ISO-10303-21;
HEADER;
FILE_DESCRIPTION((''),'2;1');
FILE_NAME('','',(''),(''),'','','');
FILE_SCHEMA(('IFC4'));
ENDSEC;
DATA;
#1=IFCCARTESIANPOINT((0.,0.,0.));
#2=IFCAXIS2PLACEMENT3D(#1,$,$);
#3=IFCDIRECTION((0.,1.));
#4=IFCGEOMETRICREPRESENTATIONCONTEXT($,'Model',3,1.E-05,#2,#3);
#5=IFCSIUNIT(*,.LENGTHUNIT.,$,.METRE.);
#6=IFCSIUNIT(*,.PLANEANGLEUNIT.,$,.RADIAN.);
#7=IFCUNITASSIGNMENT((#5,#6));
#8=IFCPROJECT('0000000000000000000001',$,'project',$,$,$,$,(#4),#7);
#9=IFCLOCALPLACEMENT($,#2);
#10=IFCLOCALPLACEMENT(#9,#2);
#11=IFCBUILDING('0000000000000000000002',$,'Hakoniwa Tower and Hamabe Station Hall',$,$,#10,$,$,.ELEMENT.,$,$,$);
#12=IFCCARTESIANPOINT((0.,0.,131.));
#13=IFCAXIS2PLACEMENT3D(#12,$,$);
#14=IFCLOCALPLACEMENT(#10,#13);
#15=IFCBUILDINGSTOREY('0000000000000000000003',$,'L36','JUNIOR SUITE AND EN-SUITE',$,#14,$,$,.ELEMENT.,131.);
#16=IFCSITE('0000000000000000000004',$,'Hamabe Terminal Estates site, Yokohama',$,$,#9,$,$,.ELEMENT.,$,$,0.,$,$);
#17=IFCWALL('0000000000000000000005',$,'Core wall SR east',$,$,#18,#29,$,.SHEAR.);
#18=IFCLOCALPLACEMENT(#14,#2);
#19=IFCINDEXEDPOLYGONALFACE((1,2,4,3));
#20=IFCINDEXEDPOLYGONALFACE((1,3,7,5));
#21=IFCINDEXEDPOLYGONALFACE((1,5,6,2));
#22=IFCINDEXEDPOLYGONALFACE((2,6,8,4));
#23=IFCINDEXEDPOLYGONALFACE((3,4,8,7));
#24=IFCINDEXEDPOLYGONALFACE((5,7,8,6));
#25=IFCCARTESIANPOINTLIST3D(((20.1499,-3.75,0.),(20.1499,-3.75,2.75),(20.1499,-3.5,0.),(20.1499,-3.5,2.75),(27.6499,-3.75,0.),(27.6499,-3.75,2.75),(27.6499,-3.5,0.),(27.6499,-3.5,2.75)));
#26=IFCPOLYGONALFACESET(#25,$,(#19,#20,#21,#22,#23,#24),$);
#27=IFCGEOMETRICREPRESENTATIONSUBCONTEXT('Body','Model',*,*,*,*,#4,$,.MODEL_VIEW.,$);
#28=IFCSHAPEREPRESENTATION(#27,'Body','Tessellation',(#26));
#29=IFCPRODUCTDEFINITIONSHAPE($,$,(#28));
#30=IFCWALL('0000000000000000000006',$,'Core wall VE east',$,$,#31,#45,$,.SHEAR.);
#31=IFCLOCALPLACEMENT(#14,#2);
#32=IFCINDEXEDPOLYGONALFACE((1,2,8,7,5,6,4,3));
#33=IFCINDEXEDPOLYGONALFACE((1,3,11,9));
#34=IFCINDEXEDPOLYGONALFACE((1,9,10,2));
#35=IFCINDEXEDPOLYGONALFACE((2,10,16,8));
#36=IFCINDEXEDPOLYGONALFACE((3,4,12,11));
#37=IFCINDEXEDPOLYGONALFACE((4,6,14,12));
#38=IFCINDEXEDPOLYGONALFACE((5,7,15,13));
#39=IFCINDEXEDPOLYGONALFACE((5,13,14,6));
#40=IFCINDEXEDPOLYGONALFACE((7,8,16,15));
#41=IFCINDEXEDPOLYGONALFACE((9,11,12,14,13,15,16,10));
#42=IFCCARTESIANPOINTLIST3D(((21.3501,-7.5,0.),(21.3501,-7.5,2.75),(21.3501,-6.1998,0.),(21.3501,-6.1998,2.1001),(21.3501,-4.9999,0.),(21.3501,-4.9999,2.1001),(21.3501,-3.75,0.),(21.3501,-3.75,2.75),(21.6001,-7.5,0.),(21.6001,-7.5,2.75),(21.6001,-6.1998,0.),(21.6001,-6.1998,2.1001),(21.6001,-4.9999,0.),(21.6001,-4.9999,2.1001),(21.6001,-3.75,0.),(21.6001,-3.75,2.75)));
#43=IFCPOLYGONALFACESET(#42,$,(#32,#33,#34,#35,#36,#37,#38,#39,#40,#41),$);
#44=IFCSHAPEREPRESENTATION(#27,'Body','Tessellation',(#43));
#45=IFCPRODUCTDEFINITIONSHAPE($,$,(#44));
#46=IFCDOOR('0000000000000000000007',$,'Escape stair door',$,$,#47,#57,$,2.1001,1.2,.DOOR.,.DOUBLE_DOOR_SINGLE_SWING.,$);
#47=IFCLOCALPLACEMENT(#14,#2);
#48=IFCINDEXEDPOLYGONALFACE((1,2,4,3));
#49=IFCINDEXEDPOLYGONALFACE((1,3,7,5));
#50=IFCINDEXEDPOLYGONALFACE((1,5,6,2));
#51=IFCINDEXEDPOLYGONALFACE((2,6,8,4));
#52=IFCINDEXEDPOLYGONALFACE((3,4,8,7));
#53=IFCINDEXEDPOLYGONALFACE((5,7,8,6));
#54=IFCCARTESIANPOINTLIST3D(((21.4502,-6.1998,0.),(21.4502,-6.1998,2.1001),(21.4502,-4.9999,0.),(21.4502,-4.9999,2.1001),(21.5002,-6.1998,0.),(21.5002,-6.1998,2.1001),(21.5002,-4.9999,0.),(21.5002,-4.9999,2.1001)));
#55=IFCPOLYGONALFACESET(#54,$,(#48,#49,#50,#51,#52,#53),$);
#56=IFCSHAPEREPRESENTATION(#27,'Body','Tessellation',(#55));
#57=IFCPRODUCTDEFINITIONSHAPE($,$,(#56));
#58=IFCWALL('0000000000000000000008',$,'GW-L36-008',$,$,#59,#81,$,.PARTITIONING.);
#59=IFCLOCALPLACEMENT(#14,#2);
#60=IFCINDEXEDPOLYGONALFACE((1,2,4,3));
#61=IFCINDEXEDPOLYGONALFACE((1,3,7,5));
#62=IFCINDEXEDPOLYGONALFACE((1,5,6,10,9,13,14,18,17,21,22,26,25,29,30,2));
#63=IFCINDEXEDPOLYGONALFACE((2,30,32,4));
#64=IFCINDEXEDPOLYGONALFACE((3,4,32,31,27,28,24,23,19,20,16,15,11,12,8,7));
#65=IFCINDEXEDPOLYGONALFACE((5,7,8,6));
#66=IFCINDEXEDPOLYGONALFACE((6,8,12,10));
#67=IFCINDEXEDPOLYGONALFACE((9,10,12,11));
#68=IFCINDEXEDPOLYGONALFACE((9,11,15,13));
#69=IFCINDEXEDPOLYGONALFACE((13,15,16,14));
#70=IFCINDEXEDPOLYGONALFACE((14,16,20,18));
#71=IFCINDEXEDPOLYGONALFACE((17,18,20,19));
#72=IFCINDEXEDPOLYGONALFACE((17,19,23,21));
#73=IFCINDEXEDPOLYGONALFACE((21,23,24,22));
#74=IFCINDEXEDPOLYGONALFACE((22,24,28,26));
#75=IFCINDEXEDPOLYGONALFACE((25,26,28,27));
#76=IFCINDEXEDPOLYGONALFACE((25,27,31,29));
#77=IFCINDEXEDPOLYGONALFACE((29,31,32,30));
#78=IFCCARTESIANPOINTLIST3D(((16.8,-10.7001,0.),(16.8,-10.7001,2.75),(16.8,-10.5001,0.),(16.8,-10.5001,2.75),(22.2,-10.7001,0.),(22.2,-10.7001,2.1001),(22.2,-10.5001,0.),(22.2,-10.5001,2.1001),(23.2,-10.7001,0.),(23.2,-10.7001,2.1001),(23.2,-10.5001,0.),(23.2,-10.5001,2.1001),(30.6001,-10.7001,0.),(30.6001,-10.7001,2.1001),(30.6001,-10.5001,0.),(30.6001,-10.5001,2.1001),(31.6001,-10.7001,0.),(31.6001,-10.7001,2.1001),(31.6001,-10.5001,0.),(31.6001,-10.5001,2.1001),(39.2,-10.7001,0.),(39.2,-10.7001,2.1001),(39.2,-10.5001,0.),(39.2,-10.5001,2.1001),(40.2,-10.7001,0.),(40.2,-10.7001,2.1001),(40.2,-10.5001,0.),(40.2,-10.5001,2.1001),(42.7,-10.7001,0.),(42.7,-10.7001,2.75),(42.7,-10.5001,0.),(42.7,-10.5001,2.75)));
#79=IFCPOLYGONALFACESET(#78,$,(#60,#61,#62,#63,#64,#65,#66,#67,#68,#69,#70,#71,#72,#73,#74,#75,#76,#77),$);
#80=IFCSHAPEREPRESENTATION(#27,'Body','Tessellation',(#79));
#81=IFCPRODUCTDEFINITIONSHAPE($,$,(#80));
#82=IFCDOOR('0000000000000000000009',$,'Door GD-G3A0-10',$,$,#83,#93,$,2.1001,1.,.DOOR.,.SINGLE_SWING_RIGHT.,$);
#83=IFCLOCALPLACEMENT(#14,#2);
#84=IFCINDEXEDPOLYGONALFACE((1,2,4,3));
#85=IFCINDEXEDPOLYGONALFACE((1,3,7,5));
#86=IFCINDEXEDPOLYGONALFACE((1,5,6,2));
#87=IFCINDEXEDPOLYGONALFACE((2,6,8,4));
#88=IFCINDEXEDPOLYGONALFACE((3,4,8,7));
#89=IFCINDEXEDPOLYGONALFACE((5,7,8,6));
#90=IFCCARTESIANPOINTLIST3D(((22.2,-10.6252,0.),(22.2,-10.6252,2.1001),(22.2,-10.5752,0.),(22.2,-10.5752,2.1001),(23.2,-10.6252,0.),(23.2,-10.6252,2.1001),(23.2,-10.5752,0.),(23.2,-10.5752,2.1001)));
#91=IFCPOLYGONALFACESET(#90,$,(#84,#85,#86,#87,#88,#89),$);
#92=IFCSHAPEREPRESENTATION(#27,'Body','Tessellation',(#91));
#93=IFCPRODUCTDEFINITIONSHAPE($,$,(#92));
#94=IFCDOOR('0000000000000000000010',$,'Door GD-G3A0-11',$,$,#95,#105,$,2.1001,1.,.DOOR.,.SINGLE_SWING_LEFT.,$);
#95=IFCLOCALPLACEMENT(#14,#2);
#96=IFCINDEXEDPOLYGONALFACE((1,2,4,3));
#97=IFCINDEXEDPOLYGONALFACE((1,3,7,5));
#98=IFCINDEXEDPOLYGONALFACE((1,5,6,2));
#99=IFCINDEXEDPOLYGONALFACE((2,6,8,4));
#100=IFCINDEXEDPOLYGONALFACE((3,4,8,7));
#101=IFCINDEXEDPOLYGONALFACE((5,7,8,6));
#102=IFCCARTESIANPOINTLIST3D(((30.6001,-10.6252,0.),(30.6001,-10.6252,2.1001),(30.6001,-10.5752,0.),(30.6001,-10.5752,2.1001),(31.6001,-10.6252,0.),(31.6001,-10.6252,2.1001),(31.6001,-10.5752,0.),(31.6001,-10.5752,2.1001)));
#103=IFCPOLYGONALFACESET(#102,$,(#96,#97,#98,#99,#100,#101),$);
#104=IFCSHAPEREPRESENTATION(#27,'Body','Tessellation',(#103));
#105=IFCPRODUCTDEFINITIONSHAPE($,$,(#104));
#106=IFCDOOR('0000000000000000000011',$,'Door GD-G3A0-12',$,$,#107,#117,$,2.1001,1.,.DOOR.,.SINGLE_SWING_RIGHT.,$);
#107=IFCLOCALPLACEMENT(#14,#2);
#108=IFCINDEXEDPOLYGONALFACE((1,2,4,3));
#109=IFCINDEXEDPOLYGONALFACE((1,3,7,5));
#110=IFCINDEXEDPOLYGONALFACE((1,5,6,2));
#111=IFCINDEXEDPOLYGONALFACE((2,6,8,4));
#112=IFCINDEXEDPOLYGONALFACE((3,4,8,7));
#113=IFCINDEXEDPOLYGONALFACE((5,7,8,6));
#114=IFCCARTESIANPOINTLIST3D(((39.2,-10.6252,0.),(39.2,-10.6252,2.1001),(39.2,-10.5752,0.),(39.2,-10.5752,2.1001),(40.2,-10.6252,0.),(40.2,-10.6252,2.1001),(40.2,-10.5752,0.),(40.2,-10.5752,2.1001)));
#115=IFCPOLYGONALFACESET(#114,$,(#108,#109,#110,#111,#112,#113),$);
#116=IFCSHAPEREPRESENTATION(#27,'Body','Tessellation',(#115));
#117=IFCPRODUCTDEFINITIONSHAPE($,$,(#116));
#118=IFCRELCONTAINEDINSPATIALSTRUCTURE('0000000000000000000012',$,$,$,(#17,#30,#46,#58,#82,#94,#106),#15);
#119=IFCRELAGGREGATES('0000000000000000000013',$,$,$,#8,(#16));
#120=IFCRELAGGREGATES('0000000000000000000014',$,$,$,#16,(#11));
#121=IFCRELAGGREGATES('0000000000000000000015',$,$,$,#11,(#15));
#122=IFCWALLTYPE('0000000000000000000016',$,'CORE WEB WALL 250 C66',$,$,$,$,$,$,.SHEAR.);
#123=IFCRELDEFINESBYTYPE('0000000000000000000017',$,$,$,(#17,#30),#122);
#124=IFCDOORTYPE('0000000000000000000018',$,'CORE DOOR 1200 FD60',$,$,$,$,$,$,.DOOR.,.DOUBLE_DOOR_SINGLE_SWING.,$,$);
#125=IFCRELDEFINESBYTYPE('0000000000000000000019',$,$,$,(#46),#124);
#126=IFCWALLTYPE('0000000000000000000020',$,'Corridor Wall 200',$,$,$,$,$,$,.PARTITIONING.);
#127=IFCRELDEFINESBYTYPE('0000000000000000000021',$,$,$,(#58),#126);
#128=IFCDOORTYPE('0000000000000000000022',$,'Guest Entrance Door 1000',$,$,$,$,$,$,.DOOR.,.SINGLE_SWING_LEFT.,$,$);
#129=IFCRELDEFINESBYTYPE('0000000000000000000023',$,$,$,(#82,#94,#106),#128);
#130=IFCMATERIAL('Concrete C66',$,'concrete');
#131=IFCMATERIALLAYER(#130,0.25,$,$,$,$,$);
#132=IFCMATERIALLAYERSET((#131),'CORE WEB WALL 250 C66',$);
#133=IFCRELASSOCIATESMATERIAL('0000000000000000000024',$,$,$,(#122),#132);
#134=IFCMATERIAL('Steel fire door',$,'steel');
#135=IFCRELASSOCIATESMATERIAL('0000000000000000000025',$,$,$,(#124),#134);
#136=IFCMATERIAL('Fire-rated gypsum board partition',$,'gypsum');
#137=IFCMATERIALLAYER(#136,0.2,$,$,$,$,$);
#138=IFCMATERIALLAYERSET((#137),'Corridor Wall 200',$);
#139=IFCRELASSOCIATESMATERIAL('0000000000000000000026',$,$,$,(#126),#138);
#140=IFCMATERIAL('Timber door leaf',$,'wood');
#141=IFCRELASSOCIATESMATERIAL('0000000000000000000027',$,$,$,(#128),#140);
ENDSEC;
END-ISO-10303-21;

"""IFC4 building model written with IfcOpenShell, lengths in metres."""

from ifc_helpers import new_model, si_unit, direction, frame, frame_2d, origin, place, context, subcontext, project, spatial, rectangle, extrude, material, layer, layer_set, type_object, element, fill, save


model = new_model("IFC4")

# Units and contexts
model_context = context("Model", 3, precision=1e-05, world=origin(), true_north=direction((0.0, 1.0)))
body_context = subcontext(model_context, "Body", "Model", "MODEL_VIEW")
ifc_project = project(units=[si_unit("LENGTHUNIT", "METRE"), si_unit("PLANEANGLEUNIT", "RADIAN")], contexts=[model_context])

# Site, building, storey
site_placement = place(None, origin())
site = spatial("IfcSite", under=ifc_project, at=site_placement, Name="Hamabe Terminal Estates site, Yokohama", CompositionType="ELEMENT", RefElevation=0.0)
building_placement = place(site_placement, origin())
building = spatial("IfcBuilding", under=site, at=building_placement, Name="Hakoniwa Tower and Hamabe Station Hall", CompositionType="ELEMENT")
storey_placement = place(building_placement, frame((0.0, 0.0, 131.0)))
storey = spatial("IfcBuildingStorey", under=building, at=storey_placement, Name="L36", Description="JUNIOR SUITE AND EN-SUITE", CompositionType="ELEMENT", Elevation=131.0)

# Shared definitions
ifc_material_1 = material(Name="Concrete C66", Category="concrete")
ifc_layer_1 = layer(ifc_material_1, 0.25)
ifc_layer_set_1 = layer_set([ifc_layer_1], Name="CORE WEB WALL 250 C66")
wall_type_1 = type_object("IfcWallType", Name="CORE WEB WALL 250 C66", PredefinedType="SHEAR", material=ifc_layer_set_1)

# Wall
wall_1_placement = place(storey_placement, frame((20.1499, -3.625, 0.0), z_axis=(0.0, 0.0, 1.0), x_axis=(1.0, 0.0, 0.0)))
element("IfcWall", 1, at=wall_1_placement, inside=storey, type_object=wall_type_1, Name="Core wall SR east", PredefinedType="SHEAR", context=body_context, shape_type="SweptSolid", body=[
    extrude(rectangle(XDim=7.5, YDim=0.25, at=frame_2d((3.75, 0.0))), origin(), (0.0, 0.0, 1.0), 2.75),
])

# Wall, opening, door
wall_2_placement = place(storey_placement, frame((21.4751, -7.5, 0.0), z_axis=(0.0, 0.0, 1.0), x_axis=(0.0, 1.0, 0.0)))
wall_2 = element("IfcWall", 2, at=wall_2_placement, inside=storey, type_object=wall_type_1, Name="Core wall VE east", PredefinedType="SHEAR", context=body_context, shape_type="SweptSolid", body=[
    extrude(rectangle(XDim=3.75, YDim=0.25, at=frame_2d((1.875, 0.0))), origin(), (0.0, 0.0, 1.0), 2.75),
])
opening_1_placement = place(wall_2_placement, frame((1.3, 0.0, 0.0)))
opening_1 = element("IfcOpeningElement", 3, at=opening_1_placement, cuts=wall_2, PredefinedType="OPENING", context=body_context, shape_type="SweptSolid", body=[
    extrude(rectangle(XDim=1.2, YDim=2.1001, at=frame_2d((0.6001, 1.05))), frame((0.0, 0.135, 0.0), z_axis=(0.0, -1.0, 0.0), x_axis=(1.0, 0.0, 0.0)), (0.0, 0.0, 1.0), 0.27),
])
ifc_material_2 = material(Name="Steel fire door", Category="steel")
door_type_1 = type_object("IfcDoorType", Name="CORE DOOR 1200 FD60", OperationType="DOUBLE_DOOR_SINGLE_SWING", PredefinedType="DOOR", material=ifc_material_2)
door_1_placement = place(opening_1_placement, origin())
door_1 = element("IfcDoor", 4, at=door_1_placement, inside=storey, type_object=door_type_1, Name="Escape stair door", OperationType="DOUBLE_DOOR_SINGLE_SWING", OverallHeight=2.1001, OverallWidth=1.2, PredefinedType="DOOR", context=body_context, shape_type="SweptSolid", body=[
    extrude(rectangle(XDim=1.2, YDim=2.1001, at=frame_2d((0.6001, 1.05))), frame((0.0, 0.0249, 0.0), z_axis=(0.0, -1.0, 0.0), x_axis=(1.0, 0.0, 0.0)), (0.0, 0.0, 1.0), 0.05),
])
fill(opening_1, door_1)

# Wall, openings, doors
ifc_material_3 = material(Name="Fire-rated gypsum board partition", Category="gypsum")
ifc_layer_2 = layer(ifc_material_3, 0.2)
ifc_layer_set_2 = layer_set([ifc_layer_2], Name="Corridor Wall 200")
wall_type_2 = type_object("IfcWallType", Name="Corridor Wall 200", PredefinedType="PARTITIONING", material=ifc_layer_set_2)
wall_3_placement = place(storey_placement, frame((16.8, -10.6001, 0.0), z_axis=(0.0, 0.0, 1.0), x_axis=(1.0, 0.0, 0.0)))
wall_3 = element("IfcWall", 5, at=wall_3_placement, inside=storey, type_object=wall_type_2, Name="GW-L36-008", PredefinedType="PARTITIONING", context=body_context, shape_type="SweptSolid", body=[
    extrude(rectangle(XDim=25.8999, YDim=0.2, at=frame_2d((12.95, 0.0))), origin(), (0.0, 0.0, 1.0), 2.75),
])
opening_2_placement = place(wall_3_placement, frame((5.3999, 0.0, 0.0)))
opening_2 = element("IfcOpeningElement", 6, at=opening_2_placement, cuts=wall_3, PredefinedType="OPENING", context=body_context, shape_type="SweptSolid", body=[
    extrude(rectangle(XDim=1.0, YDim=2.1001, at=frame_2d((0.5, 1.05))), frame((0.0, 0.1099, 0.0), z_axis=(0.0, -1.0, 0.0), x_axis=(1.0, 0.0, 0.0)), (0.0, 0.0, 1.0), 0.22),
])
opening_3_placement = place(wall_3_placement, frame((13.8, 0.0, 0.0)))
opening_3 = element("IfcOpeningElement", 7, at=opening_3_placement, cuts=wall_3, PredefinedType="OPENING", context=body_context, shape_type="SweptSolid", body=[
    extrude(rectangle(XDim=1.0, YDim=2.1001, at=frame_2d((0.5, 1.05))), frame((0.0, 0.1099, 0.0), z_axis=(0.0, -1.0, 0.0), x_axis=(1.0, 0.0, 0.0)), (0.0, 0.0, 1.0), 0.22),
])
opening_4_placement = place(wall_3_placement, frame((22.3999, 0.0, 0.0)))
opening_4 = element("IfcOpeningElement", 8, at=opening_4_placement, cuts=wall_3, PredefinedType="OPENING", context=body_context, shape_type="SweptSolid", body=[
    extrude(rectangle(XDim=1.0, YDim=2.1001, at=frame_2d((0.5, 1.05))), frame((0.0, 0.1099, 0.0), z_axis=(0.0, -1.0, 0.0), x_axis=(1.0, 0.0, 0.0)), (0.0, 0.0, 1.0), 0.22),
])
ifc_material_4 = material(Name="Timber door leaf", Category="wood")
door_type_2 = type_object("IfcDoorType", Name="Guest Entrance Door 1000", OperationType="SINGLE_SWING_LEFT", PredefinedType="DOOR", material=ifc_material_4)
door_2_placement = place(opening_2_placement, origin())
door_2 = element("IfcDoor", 9, at=door_2_placement, inside=storey, type_object=door_type_2, Name="Door GD-G3A0-10", OperationType="SINGLE_SWING_RIGHT", OverallHeight=2.1001, OverallWidth=1.0, PredefinedType="DOOR", context=body_context, shape_type="SweptSolid", body=[
    extrude(rectangle(XDim=1.0, YDim=2.1001, at=frame_2d((0.5, 1.05))), frame((0.0, 0.0249, 0.0), z_axis=(0.0, -1.0, 0.0), x_axis=(1.0, 0.0, 0.0)), (0.0, 0.0, 1.0), 0.05),
])
fill(opening_2, door_2)
door_3_placement = place(opening_3_placement, origin())
door_3 = element("IfcDoor", 10, at=door_3_placement, inside=storey, type_object=door_type_2, Name="Door GD-G3A0-11", OperationType="SINGLE_SWING_LEFT", OverallHeight=2.1001, OverallWidth=1.0, PredefinedType="DOOR", context=body_context, shape_type="SweptSolid", body=[
    extrude(rectangle(XDim=1.0, YDim=2.1001, at=frame_2d((0.5, 1.05))), frame((0.0, 0.0249, 0.0), z_axis=(0.0, -1.0, 0.0), x_axis=(1.0, 0.0, 0.0)), (0.0, 0.0, 1.0), 0.05),
])
fill(opening_3, door_3)
door_4_placement = place(opening_4_placement, origin())
door_4 = element("IfcDoor", 11, at=door_4_placement, inside=storey, type_object=door_type_2, Name="Door GD-G3A0-12", OperationType="SINGLE_SWING_RIGHT", OverallHeight=2.1001, OverallWidth=1.0, PredefinedType="DOOR", context=body_context, shape_type="SweptSolid", body=[
    extrude(rectangle(XDim=1.0, YDim=2.1001, at=frame_2d((0.5, 1.05))), frame((0.0, 0.0249, 0.0), z_axis=(0.0, -1.0, 0.0), x_axis=(1.0, 0.0, 0.0)), (0.0, 0.0, 1.0), 0.05),
])
fill(opening_4, door_4)

save(model, "model.ifc")
